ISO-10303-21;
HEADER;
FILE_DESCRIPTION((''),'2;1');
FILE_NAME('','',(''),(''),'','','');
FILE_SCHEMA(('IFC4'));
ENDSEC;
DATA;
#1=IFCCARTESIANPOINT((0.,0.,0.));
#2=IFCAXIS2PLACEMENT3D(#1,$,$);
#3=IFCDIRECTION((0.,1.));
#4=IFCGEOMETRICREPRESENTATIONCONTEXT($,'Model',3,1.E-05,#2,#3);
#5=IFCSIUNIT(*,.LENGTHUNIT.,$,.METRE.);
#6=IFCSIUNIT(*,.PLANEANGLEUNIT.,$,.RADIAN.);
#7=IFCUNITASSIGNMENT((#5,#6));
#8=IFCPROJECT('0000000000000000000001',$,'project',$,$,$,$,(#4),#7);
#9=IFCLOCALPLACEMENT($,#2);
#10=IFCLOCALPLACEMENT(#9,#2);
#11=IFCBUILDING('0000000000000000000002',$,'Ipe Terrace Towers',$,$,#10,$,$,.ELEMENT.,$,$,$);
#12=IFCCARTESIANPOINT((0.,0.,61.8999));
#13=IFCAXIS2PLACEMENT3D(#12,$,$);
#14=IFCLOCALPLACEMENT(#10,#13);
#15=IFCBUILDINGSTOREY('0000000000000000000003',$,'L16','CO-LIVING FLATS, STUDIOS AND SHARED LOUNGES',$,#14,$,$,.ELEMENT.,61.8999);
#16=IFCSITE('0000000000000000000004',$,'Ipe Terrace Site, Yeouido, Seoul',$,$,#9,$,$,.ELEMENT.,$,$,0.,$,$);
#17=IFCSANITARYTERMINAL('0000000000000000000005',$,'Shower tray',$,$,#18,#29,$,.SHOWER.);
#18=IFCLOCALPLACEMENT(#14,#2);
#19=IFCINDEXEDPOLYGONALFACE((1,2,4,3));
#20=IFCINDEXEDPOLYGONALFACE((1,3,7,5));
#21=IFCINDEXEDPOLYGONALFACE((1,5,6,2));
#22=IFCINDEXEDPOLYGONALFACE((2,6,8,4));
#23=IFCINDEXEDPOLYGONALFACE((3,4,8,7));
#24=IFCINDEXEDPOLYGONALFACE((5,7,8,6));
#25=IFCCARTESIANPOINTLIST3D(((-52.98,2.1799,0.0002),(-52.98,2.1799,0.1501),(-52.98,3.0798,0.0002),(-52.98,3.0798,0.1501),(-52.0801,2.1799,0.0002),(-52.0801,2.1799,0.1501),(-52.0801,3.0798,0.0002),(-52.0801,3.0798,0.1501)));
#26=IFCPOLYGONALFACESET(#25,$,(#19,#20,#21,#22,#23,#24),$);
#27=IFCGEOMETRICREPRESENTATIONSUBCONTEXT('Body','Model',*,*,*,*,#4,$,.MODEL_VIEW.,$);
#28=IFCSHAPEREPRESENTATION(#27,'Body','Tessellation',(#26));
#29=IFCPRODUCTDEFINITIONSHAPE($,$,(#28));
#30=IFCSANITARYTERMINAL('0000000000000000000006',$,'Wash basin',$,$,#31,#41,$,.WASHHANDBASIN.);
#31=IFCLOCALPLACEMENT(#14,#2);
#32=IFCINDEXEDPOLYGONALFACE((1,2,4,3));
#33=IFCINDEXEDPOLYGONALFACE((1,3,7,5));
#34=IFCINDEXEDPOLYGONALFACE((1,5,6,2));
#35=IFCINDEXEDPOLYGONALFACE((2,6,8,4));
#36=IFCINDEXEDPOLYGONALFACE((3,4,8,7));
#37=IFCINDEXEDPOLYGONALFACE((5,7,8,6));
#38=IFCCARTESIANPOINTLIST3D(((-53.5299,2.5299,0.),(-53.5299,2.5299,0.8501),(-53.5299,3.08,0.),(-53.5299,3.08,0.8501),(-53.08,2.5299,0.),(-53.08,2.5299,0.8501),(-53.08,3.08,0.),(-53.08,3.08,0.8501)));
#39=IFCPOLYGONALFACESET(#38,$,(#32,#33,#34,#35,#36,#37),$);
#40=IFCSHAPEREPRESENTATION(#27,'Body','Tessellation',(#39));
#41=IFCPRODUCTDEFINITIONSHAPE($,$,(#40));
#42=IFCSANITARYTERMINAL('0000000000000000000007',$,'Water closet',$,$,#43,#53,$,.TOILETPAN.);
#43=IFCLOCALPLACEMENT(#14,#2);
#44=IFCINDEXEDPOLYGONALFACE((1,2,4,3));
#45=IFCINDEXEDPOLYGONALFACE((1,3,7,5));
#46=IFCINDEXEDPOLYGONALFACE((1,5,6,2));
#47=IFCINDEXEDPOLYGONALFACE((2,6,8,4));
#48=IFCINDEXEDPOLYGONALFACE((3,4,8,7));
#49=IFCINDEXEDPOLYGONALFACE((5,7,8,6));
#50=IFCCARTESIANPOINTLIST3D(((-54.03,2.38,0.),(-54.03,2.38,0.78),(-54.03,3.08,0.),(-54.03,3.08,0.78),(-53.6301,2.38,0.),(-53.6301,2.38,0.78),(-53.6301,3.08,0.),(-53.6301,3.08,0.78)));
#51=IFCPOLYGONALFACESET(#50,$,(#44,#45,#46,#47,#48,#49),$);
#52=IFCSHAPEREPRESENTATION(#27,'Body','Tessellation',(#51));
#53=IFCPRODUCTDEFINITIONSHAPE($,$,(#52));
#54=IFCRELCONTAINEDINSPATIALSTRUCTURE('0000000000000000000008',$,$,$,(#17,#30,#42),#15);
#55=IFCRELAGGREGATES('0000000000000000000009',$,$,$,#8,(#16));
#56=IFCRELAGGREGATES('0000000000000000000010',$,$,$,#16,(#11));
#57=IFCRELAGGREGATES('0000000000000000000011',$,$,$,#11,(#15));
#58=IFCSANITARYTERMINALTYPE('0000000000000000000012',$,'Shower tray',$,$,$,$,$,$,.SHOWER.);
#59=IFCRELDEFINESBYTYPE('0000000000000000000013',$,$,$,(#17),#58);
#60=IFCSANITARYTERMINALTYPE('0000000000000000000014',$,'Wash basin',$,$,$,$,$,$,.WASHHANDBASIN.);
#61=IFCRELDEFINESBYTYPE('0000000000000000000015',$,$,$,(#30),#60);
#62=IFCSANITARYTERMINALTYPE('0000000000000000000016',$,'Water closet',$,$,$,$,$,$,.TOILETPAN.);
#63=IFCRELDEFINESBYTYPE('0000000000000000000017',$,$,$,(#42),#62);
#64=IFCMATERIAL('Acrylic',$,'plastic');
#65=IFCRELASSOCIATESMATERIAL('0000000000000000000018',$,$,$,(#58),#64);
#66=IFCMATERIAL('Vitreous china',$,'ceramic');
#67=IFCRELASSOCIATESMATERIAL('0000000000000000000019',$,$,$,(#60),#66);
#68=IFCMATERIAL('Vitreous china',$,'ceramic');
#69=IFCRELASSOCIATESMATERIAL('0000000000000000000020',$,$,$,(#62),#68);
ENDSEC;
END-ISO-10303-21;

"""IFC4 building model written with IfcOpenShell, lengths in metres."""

from ifc_helpers import new_model, si_unit, direction, frame, origin, origin_2d, place, context, subcontext, project, spatial, rectangle, extrude, material, type_object, element, save


model = new_model("IFC4")

# Units and contexts
model_context = context("Model", 3, precision=1e-05, world=origin(), true_north=direction((0.0, 1.0)))
body_context = subcontext(model_context, "Body", "Model", "MODEL_VIEW")
ifc_project = project(units=[si_unit("LENGTHUNIT", "METRE"), si_unit("PLANEANGLEUNIT", "RADIAN")], contexts=[model_context])

# Site, building, storey
site_placement = place(None, origin())
site = spatial("IfcSite", under=ifc_project, at=site_placement, Name="Ipe Terrace Site, Yeouido, Seoul", CompositionType="ELEMENT", RefElevation=0.0)
building_placement = place(site_placement, origin())
building = spatial("IfcBuilding", under=site, at=building_placement, Name="Ipe Terrace Towers", CompositionType="ELEMENT")
storey_placement = place(building_placement, frame((0.0, 0.0, 61.8999)))
storey = spatial("IfcBuildingStorey", under=building, at=storey_placement, Name="L16", Description="CO-LIVING FLATS, STUDIOS AND SHARED LOUNGES", CompositionType="ELEMENT", Elevation=61.8999)

# Sanitary terminals
ifc_material_1 = material(Name="Acrylic", Category="plastic")
sanitary_terminal_type_1 = type_object("IfcSanitaryTerminalType", Name="Shower tray", PredefinedType="SHOWER", material=ifc_material_1)
sanitary_terminal_1_placement = place(storey_placement, frame((-52.53, 2.6299, 0.0002), z_axis=(0.0, 0.0, 1.0), x_axis=(0.0, -1.0, 0.0)))
element("IfcSanitaryTerminal", 1, at=sanitary_terminal_1_placement, inside=storey, type_object=sanitary_terminal_type_1, Name="Shower tray", PredefinedType="SHOWER", context=body_context, shape_type="SweptSolid", body=[
    extrude(rectangle(XDim=0.8999, YDim=0.8999, at=origin_2d()), origin(), (0.0, 0.0, 1.0), 0.1499),
])
ifc_material_2 = material(Name="Vitreous china", Category="ceramic")
sanitary_terminal_type_2 = type_object("IfcSanitaryTerminalType", Name="Wash basin", PredefinedType="WASHHANDBASIN", material=ifc_material_2)
sanitary_terminal_2_placement = place(storey_placement, frame((-53.3049, 2.8049, 0.0), z_axis=(0.0, 0.0, 1.0), x_axis=(0.0, -1.0, 0.0)))
element("IfcSanitaryTerminal", 2, at=sanitary_terminal_2_placement, inside=storey, type_object=sanitary_terminal_type_2, Name="Wash basin", PredefinedType="WASHHANDBASIN", context=body_context, shape_type="SweptSolid", body=[
    extrude(rectangle(XDim=0.55, YDim=0.45, at=origin_2d()), origin(), (0.0, 0.0, 1.0), 0.8501),
])
ifc_material_3 = material(Name="Vitreous china", Category="ceramic")
sanitary_terminal_type_3 = type_object("IfcSanitaryTerminalType", Name="Water closet", PredefinedType="TOILETPAN", material=ifc_material_3)
sanitary_terminal_3_placement = place(storey_placement, frame((-53.8301, 2.73, 0.0), z_axis=(0.0, 0.0, 1.0), x_axis=(0.0, -1.0, 0.0)))
element("IfcSanitaryTerminal", 3, at=sanitary_terminal_3_placement, inside=storey, type_object=sanitary_terminal_type_3, Name="Water closet", PredefinedType="TOILETPAN", context=body_context, shape_type="SweptSolid", body=[
    extrude(rectangle(XDim=0.7, YDim=0.3999, at=origin_2d()), origin(), (0.0, 0.0, 1.0), 0.78),
])

save(model, "model.ifc")
